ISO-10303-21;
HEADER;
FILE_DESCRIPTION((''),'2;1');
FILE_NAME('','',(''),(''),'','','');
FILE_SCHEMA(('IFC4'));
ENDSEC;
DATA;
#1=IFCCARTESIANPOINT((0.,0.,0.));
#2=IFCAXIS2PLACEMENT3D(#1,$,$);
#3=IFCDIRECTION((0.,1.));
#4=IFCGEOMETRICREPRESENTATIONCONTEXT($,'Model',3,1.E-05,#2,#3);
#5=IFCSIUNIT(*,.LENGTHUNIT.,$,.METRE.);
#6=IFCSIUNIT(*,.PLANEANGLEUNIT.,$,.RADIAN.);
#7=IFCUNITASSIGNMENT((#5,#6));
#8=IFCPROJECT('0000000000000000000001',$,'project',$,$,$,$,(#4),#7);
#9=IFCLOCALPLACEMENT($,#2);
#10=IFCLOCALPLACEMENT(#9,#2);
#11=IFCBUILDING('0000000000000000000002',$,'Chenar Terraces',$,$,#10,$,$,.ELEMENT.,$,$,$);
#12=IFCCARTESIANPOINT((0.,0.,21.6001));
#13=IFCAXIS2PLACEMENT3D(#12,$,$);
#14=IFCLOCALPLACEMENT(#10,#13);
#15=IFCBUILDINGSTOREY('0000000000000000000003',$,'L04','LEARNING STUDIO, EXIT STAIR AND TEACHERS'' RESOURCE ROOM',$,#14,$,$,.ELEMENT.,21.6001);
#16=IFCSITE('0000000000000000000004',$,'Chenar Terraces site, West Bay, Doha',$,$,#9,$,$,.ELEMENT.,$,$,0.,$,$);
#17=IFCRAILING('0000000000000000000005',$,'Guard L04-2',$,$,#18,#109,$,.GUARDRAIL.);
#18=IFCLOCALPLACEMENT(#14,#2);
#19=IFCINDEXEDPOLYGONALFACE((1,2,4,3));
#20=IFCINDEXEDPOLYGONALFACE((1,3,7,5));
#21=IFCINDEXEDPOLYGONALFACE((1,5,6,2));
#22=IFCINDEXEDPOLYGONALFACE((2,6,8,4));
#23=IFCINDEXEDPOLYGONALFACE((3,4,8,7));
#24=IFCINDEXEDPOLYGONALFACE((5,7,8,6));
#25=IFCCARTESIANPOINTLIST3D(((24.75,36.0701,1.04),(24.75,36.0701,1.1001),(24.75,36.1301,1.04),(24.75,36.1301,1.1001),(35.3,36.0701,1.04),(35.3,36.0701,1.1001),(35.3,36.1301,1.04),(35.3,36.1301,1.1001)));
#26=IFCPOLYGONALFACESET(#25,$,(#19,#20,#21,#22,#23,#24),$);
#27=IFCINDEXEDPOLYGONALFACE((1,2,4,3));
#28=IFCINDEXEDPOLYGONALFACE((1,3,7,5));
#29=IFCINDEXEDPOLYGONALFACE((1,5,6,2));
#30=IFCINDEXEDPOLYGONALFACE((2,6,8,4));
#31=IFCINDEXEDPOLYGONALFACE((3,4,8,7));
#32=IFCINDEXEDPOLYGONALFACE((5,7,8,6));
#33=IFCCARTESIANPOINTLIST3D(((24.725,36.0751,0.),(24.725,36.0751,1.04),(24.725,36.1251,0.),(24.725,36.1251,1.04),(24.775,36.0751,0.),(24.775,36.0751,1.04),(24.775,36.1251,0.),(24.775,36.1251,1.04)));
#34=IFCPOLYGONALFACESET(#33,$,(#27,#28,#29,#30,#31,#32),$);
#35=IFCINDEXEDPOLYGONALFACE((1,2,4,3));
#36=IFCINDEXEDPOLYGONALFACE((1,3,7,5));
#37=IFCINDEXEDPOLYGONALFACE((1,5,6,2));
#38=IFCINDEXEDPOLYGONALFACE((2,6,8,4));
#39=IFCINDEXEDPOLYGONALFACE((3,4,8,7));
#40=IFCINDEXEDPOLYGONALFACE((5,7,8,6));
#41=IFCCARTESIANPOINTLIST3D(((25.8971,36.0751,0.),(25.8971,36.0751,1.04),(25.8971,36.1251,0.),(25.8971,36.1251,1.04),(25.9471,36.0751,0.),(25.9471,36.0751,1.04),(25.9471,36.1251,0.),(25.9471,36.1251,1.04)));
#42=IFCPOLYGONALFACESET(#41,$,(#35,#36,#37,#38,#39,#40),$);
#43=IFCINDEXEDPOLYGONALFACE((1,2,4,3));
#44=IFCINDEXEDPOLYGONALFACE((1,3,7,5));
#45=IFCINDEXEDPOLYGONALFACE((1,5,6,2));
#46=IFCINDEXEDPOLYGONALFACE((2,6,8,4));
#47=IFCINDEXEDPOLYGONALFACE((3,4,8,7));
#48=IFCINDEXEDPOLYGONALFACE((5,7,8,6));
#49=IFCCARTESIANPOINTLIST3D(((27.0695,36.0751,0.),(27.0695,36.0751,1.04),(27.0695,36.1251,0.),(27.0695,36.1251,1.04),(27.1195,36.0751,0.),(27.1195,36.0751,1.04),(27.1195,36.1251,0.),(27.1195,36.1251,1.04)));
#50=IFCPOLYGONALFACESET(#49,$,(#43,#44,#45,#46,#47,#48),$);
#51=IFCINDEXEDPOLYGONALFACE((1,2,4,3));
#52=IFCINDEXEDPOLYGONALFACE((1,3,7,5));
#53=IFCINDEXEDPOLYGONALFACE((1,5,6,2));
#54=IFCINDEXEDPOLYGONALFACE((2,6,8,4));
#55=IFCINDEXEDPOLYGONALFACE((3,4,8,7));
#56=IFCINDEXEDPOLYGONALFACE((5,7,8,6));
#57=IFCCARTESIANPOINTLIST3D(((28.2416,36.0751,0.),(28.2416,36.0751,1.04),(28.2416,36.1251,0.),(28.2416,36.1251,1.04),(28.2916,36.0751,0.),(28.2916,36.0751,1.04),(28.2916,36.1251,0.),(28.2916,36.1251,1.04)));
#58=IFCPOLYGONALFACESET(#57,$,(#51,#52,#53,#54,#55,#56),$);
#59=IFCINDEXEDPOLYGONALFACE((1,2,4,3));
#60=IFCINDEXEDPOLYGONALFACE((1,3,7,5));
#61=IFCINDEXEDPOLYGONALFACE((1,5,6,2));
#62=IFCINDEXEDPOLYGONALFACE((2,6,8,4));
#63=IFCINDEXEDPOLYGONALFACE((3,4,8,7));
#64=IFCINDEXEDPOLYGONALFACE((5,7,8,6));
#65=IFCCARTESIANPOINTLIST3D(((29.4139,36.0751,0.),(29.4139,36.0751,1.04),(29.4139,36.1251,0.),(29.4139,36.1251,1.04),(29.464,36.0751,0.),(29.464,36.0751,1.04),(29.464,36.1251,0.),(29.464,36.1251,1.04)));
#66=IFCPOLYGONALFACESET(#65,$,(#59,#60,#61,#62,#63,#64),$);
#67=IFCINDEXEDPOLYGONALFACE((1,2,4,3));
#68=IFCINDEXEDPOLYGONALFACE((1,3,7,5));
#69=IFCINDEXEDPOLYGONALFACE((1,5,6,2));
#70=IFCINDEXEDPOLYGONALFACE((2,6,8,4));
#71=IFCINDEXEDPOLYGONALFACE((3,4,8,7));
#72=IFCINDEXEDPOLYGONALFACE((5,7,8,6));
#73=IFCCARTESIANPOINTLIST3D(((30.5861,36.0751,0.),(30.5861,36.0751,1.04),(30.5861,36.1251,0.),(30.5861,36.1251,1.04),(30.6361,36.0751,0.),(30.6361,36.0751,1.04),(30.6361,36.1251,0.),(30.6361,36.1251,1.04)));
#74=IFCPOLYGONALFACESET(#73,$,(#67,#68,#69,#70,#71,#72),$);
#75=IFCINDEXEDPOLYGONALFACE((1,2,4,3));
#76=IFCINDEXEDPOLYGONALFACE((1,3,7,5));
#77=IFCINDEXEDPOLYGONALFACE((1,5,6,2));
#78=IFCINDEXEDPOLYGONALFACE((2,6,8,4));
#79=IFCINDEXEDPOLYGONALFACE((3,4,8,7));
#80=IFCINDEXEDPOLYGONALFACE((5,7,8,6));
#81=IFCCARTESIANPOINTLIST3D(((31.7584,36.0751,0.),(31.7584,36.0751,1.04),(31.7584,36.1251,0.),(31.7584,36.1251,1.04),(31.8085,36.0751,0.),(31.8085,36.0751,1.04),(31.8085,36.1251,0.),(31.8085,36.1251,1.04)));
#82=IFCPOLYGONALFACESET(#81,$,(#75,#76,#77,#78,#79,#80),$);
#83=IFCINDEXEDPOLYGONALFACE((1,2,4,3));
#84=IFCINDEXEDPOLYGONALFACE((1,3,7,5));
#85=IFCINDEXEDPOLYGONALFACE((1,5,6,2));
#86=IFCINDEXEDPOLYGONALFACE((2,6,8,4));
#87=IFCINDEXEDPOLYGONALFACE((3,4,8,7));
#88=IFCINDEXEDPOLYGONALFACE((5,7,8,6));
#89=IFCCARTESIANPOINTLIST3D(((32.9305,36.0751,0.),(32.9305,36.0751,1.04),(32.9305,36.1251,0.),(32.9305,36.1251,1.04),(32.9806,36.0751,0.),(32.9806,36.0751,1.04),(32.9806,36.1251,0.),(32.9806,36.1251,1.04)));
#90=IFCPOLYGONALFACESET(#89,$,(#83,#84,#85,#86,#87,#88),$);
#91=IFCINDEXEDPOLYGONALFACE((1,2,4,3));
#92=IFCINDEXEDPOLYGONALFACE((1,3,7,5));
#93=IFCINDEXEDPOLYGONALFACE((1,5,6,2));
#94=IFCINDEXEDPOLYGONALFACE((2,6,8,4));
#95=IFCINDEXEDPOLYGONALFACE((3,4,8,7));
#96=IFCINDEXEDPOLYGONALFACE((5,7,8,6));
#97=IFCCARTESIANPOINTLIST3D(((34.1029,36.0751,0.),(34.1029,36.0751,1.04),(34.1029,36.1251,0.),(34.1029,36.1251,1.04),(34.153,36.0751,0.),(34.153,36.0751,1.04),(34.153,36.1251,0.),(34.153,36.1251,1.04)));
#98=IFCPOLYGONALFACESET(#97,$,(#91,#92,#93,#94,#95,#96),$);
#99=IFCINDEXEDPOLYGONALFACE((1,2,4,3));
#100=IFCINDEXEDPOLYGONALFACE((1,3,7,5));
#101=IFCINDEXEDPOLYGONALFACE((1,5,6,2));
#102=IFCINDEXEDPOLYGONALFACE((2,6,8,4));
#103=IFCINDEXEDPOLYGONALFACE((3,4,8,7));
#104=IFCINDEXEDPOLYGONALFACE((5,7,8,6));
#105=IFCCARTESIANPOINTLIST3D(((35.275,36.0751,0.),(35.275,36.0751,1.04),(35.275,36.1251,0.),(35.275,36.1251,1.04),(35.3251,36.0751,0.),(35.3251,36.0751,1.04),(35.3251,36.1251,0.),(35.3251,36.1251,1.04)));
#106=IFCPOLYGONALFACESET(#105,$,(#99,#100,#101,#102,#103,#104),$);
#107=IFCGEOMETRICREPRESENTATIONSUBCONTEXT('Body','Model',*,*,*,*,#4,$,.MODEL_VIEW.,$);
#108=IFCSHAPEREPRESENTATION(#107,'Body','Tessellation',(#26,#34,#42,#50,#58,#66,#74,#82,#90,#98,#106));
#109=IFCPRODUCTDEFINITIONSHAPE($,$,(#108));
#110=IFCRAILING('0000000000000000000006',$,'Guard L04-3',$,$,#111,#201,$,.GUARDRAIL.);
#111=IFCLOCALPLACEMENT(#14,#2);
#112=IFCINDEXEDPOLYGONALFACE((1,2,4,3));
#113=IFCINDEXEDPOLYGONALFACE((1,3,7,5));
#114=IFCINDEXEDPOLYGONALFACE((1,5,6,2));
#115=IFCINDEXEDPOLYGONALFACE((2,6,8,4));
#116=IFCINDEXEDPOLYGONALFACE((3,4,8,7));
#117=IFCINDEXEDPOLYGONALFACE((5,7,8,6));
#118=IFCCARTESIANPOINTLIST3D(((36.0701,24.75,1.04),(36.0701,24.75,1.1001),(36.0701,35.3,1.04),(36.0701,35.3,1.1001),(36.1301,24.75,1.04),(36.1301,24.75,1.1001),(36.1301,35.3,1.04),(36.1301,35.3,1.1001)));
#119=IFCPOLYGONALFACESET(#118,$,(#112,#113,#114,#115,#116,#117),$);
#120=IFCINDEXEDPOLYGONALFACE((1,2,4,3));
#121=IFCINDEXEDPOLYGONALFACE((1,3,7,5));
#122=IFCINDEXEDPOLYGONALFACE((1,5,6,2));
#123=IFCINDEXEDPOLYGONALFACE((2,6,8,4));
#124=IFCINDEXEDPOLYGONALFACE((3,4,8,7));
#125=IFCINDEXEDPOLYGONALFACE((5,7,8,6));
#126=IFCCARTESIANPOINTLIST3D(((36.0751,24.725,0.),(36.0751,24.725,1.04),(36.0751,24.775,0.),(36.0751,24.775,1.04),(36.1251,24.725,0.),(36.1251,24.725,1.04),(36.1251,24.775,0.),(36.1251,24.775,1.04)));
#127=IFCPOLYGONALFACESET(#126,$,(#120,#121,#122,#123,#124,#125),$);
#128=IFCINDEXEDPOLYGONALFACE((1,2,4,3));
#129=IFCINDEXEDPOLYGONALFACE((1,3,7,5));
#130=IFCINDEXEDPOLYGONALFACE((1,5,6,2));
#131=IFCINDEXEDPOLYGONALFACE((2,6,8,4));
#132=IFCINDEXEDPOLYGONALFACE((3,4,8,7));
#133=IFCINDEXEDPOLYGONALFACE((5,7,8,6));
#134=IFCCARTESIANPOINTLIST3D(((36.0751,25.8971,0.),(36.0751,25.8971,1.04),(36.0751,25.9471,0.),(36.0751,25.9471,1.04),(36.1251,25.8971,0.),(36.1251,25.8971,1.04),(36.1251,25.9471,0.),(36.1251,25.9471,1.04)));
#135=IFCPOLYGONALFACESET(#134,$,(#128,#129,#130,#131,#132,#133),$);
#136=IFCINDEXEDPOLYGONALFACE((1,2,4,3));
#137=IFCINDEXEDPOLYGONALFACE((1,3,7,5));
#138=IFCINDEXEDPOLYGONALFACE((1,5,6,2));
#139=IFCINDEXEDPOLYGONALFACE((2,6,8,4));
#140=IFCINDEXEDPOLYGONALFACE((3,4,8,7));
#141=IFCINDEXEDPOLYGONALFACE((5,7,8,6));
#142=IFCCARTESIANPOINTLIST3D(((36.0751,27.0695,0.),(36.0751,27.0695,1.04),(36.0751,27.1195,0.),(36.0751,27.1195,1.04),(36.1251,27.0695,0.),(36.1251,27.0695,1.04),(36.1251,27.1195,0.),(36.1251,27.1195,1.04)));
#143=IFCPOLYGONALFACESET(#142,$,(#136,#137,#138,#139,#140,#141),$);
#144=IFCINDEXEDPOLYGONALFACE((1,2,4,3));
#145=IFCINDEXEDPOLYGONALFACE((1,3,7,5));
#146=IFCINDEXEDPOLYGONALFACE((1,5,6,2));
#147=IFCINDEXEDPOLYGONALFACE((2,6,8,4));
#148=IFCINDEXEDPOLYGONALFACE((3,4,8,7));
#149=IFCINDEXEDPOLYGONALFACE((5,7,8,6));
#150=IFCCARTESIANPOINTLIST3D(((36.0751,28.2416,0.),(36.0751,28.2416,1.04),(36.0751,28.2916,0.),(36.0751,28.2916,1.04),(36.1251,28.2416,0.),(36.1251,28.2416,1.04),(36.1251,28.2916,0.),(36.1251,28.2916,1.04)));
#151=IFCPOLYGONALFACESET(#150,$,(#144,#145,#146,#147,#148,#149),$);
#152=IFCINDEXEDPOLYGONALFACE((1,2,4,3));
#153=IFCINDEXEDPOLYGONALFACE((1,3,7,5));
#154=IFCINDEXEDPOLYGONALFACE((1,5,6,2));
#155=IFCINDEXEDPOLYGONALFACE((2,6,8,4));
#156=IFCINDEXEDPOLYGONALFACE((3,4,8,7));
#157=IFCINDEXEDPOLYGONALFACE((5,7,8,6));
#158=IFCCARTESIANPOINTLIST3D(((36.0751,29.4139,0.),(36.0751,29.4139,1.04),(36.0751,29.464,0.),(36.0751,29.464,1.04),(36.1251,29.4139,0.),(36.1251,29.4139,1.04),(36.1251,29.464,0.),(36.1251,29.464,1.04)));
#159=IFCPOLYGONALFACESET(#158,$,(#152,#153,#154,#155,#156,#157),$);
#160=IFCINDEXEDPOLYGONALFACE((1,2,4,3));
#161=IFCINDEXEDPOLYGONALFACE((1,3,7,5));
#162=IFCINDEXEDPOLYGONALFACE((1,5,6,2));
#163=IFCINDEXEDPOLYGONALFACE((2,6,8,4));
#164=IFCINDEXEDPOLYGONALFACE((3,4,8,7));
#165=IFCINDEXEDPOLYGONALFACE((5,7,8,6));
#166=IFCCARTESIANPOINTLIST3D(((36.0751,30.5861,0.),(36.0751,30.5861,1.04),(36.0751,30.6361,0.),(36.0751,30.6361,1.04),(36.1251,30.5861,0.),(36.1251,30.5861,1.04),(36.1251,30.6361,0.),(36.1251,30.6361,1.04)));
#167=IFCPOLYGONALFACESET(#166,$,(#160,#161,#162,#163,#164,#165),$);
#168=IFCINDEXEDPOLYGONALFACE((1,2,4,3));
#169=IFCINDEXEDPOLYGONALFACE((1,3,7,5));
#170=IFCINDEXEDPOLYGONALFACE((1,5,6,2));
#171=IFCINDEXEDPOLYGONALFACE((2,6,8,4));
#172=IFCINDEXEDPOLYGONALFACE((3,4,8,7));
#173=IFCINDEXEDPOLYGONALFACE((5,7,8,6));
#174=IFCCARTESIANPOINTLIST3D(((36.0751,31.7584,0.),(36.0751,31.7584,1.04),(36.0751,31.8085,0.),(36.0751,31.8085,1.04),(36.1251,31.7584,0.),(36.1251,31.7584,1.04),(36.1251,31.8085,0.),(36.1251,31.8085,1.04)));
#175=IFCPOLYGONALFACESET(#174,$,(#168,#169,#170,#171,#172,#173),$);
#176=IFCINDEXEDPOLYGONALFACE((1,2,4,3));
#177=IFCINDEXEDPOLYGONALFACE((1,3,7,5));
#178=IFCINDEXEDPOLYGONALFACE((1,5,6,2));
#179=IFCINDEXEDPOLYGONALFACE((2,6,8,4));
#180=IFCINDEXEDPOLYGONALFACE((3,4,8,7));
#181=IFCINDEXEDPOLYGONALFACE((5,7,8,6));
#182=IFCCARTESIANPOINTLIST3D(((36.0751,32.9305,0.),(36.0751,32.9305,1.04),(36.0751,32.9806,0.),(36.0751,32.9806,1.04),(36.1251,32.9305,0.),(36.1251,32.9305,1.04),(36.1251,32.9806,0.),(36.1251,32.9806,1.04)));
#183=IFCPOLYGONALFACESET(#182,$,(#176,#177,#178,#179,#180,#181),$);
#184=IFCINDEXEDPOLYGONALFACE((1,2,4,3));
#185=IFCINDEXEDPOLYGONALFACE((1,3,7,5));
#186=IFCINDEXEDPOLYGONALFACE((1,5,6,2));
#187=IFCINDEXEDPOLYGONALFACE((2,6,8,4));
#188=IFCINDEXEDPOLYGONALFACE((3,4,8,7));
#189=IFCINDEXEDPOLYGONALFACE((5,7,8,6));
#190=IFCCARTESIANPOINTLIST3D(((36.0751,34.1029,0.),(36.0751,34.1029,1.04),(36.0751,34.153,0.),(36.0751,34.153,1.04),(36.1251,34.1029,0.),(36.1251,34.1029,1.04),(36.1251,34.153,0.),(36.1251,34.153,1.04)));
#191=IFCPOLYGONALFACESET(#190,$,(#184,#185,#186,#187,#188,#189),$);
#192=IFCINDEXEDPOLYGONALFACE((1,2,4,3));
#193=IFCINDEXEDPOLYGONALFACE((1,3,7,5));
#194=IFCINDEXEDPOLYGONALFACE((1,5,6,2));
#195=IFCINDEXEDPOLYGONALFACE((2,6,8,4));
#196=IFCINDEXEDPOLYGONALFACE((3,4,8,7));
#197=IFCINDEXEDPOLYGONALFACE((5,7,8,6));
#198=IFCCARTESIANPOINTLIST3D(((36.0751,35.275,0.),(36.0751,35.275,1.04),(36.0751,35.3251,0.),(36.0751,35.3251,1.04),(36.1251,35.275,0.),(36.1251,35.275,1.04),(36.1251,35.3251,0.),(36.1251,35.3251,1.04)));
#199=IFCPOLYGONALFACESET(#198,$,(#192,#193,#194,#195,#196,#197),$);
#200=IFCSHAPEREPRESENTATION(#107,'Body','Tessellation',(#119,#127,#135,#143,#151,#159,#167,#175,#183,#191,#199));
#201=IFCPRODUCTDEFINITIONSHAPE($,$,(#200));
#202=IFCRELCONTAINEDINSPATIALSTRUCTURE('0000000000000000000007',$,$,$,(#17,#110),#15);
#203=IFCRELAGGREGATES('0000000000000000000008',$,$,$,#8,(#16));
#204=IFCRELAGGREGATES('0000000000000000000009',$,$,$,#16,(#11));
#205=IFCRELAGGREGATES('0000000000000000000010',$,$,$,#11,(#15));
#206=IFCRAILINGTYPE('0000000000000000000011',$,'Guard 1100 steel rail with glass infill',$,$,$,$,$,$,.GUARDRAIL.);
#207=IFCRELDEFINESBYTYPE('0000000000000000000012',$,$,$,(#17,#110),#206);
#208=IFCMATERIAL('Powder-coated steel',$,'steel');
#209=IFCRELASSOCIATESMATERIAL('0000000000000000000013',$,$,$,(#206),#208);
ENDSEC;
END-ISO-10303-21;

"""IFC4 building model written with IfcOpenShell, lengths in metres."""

from ifc_helpers import new_model, si_unit, direction, frame, origin, origin_2d, place, context, subcontext, project, spatial, rectangle, extrude, material, type_object, element, save


model = new_model("IFC4")

# Units and contexts
model_context = context("Model", 3, precision=1e-05, world=origin(), true_north=direction((0.0, 1.0)))
body_context = subcontext(model_context, "Body", "Model", "MODEL_VIEW")
ifc_project = project(units=[si_unit("LENGTHUNIT", "METRE"), si_unit("PLANEANGLEUNIT", "RADIAN")], contexts=[model_context])

# Site, building, storey
site_placement = place(None, origin())
site = spatial("IfcSite", under=ifc_project, at=site_placement, Name="Chenar Terraces site, West Bay, Doha", CompositionType="ELEMENT", RefElevation=0.0)
building_placement = place(site_placement, origin())
building = spatial("IfcBuilding", under=site, at=building_placement, Name="Chenar Terraces", CompositionType="ELEMENT")
storey_placement = place(building_placement, frame((0.0, 0.0, 21.6001)))
storey = spatial("IfcBuildingStorey", under=building, at=storey_placement, Name="L04", Description="LEARNING STUDIO, EXIT STAIR AND TEACHERS' RESOURCE ROOM", CompositionType="ELEMENT", Elevation=21.6001)

# Railings
ifc_material_1 = material(Name="Powder-coated steel", Category="steel")
railing_type = type_object("IfcRailingType", Name="Guard 1100 steel rail with glass infill", PredefinedType="GUARDRAIL", material=ifc_material_1)
railing_1_placement = place(storey_placement, frame((24.75, 36.1001, 0.0)))
element("IfcRailing", 1, at=railing_1_placement, inside=storey, type_object=railing_type, Name="Guard L04-2", PredefinedType="GUARDRAIL", context=body_context, shape_type="SweptSolid", body=[
    extrude(rectangle(XDim=0.0601, YDim=0.0601, at=origin_2d()), frame((0.0, 0.0, 1.0701), z_axis=(1.0, 0.0, 0.0), x_axis=(0.0, 1.0, 0.0)), (0.0, 0.0, 1.0), 10.55),
    extrude(rectangle(XDim=0.05, YDim=0.05, at=origin_2d()), origin(), (0.0, 0.0, 1.0), 1.04),
    extrude(rectangle(XDim=0.05, YDim=0.05, at=origin_2d()), frame((1.1721, 0.0, 0.0)), (0.0, 0.0, 1.0), 1.04),
    extrude(rectangle(XDim=0.05, YDim=0.05, at=origin_2d()), frame((2.3445, 0.0, 0.0)), (0.0, 0.0, 1.0), 1.04),
    extrude(rectangle(XDim=0.05, YDim=0.05, at=origin_2d()), frame((3.5166, 0.0, 0.0)), (0.0, 0.0, 1.0), 1.04),
    extrude(rectangle(XDim=0.05, YDim=0.05, at=origin_2d()), frame((4.689, 0.0, 0.0)), (0.0, 0.0, 1.0), 1.04),
    extrude(rectangle(XDim=0.05, YDim=0.05, at=origin_2d()), frame((5.8611, 0.0, 0.0)), (0.0, 0.0, 1.0), 1.04),
    extrude(rectangle(XDim=0.05, YDim=0.05, at=origin_2d()), frame((7.0334, 0.0, 0.0)), (0.0, 0.0, 1.0), 1.04),
    extrude(rectangle(XDim=0.05, YDim=0.05, at=origin_2d()), frame((8.2056, 0.0, 0.0)), (0.0, 0.0, 1.0), 1.04),
    extrude(rectangle(XDim=0.05, YDim=0.05, at=origin_2d()), frame((9.3779, 0.0, 0.0)), (0.0, 0.0, 1.0), 1.04),
    extrude(rectangle(XDim=0.05, YDim=0.05, at=origin_2d()), frame((10.55, 0.0, 0.0)), (0.0, 0.0, 1.0), 1.04),
])
railing_2_placement = place(storey_placement, frame((36.1001, 24.75, 0.0)))
element("IfcRailing", 2, at=railing_2_placement, inside=storey, type_object=railing_type, Name="Guard L04-3", PredefinedType="GUARDRAIL", context=body_context, shape_type="SweptSolid", body=[
    extrude(rectangle(XDim=0.0601, YDim=0.0601, at=origin_2d()), frame((0.0, 0.0, 1.0701), z_axis=(0.0, 1.0, 0.0), x_axis=(-1.0, 0.0, 0.0)), (0.0, 0.0, 1.0), 10.55),
    extrude(rectangle(XDim=0.05, YDim=0.05, at=origin_2d()), origin(), (0.0, 0.0, 1.0), 1.04),
    extrude(rectangle(XDim=0.05, YDim=0.05, at=origin_2d()), frame((0.0, 1.1721, 0.0)), (0.0, 0.0, 1.0), 1.04),
    extrude(rectangle(XDim=0.05, YDim=0.05, at=origin_2d()), frame((0.0, 2.3445, 0.0)), (0.0, 0.0, 1.0), 1.04),
    extrude(rectangle(XDim=0.05, YDim=0.05, at=origin_2d()), frame((0.0, 3.5166, 0.0)), (0.0, 0.0, 1.0), 1.04),
    extrude(rectangle(XDim=0.05, YDim=0.05, at=origin_2d()), frame((0.0, 4.689, 0.0)), (0.0, 0.0, 1.0), 1.04),
    extrude(rectangle(XDim=0.05, YDim=0.05, at=origin_2d()), frame((0.0, 5.8611, 0.0)), (0.0, 0.0, 1.0), 1.04),
    extrude(rectangle(XDim=0.05, YDim=0.05, at=origin_2d()), frame((0.0, 7.0334, 0.0)), (0.0, 0.0, 1.0), 1.04),
    extrude(rectangle(XDim=0.05, YDim=0.05, at=origin_2d()), frame((0.0, 8.2056, 0.0)), (0.0, 0.0, 1.0), 1.04),
    extrude(rectangle(XDim=0.05, YDim=0.05, at=origin_2d()), frame((0.0, 9.3779, 0.0)), (0.0, 0.0, 1.0), 1.04),
    extrude(rectangle(XDim=0.05, YDim=0.05, at=origin_2d()), frame((0.0, 10.55, 0.0)), (0.0, 0.0, 1.0), 1.04),
])

save(model, "model.ifc")
